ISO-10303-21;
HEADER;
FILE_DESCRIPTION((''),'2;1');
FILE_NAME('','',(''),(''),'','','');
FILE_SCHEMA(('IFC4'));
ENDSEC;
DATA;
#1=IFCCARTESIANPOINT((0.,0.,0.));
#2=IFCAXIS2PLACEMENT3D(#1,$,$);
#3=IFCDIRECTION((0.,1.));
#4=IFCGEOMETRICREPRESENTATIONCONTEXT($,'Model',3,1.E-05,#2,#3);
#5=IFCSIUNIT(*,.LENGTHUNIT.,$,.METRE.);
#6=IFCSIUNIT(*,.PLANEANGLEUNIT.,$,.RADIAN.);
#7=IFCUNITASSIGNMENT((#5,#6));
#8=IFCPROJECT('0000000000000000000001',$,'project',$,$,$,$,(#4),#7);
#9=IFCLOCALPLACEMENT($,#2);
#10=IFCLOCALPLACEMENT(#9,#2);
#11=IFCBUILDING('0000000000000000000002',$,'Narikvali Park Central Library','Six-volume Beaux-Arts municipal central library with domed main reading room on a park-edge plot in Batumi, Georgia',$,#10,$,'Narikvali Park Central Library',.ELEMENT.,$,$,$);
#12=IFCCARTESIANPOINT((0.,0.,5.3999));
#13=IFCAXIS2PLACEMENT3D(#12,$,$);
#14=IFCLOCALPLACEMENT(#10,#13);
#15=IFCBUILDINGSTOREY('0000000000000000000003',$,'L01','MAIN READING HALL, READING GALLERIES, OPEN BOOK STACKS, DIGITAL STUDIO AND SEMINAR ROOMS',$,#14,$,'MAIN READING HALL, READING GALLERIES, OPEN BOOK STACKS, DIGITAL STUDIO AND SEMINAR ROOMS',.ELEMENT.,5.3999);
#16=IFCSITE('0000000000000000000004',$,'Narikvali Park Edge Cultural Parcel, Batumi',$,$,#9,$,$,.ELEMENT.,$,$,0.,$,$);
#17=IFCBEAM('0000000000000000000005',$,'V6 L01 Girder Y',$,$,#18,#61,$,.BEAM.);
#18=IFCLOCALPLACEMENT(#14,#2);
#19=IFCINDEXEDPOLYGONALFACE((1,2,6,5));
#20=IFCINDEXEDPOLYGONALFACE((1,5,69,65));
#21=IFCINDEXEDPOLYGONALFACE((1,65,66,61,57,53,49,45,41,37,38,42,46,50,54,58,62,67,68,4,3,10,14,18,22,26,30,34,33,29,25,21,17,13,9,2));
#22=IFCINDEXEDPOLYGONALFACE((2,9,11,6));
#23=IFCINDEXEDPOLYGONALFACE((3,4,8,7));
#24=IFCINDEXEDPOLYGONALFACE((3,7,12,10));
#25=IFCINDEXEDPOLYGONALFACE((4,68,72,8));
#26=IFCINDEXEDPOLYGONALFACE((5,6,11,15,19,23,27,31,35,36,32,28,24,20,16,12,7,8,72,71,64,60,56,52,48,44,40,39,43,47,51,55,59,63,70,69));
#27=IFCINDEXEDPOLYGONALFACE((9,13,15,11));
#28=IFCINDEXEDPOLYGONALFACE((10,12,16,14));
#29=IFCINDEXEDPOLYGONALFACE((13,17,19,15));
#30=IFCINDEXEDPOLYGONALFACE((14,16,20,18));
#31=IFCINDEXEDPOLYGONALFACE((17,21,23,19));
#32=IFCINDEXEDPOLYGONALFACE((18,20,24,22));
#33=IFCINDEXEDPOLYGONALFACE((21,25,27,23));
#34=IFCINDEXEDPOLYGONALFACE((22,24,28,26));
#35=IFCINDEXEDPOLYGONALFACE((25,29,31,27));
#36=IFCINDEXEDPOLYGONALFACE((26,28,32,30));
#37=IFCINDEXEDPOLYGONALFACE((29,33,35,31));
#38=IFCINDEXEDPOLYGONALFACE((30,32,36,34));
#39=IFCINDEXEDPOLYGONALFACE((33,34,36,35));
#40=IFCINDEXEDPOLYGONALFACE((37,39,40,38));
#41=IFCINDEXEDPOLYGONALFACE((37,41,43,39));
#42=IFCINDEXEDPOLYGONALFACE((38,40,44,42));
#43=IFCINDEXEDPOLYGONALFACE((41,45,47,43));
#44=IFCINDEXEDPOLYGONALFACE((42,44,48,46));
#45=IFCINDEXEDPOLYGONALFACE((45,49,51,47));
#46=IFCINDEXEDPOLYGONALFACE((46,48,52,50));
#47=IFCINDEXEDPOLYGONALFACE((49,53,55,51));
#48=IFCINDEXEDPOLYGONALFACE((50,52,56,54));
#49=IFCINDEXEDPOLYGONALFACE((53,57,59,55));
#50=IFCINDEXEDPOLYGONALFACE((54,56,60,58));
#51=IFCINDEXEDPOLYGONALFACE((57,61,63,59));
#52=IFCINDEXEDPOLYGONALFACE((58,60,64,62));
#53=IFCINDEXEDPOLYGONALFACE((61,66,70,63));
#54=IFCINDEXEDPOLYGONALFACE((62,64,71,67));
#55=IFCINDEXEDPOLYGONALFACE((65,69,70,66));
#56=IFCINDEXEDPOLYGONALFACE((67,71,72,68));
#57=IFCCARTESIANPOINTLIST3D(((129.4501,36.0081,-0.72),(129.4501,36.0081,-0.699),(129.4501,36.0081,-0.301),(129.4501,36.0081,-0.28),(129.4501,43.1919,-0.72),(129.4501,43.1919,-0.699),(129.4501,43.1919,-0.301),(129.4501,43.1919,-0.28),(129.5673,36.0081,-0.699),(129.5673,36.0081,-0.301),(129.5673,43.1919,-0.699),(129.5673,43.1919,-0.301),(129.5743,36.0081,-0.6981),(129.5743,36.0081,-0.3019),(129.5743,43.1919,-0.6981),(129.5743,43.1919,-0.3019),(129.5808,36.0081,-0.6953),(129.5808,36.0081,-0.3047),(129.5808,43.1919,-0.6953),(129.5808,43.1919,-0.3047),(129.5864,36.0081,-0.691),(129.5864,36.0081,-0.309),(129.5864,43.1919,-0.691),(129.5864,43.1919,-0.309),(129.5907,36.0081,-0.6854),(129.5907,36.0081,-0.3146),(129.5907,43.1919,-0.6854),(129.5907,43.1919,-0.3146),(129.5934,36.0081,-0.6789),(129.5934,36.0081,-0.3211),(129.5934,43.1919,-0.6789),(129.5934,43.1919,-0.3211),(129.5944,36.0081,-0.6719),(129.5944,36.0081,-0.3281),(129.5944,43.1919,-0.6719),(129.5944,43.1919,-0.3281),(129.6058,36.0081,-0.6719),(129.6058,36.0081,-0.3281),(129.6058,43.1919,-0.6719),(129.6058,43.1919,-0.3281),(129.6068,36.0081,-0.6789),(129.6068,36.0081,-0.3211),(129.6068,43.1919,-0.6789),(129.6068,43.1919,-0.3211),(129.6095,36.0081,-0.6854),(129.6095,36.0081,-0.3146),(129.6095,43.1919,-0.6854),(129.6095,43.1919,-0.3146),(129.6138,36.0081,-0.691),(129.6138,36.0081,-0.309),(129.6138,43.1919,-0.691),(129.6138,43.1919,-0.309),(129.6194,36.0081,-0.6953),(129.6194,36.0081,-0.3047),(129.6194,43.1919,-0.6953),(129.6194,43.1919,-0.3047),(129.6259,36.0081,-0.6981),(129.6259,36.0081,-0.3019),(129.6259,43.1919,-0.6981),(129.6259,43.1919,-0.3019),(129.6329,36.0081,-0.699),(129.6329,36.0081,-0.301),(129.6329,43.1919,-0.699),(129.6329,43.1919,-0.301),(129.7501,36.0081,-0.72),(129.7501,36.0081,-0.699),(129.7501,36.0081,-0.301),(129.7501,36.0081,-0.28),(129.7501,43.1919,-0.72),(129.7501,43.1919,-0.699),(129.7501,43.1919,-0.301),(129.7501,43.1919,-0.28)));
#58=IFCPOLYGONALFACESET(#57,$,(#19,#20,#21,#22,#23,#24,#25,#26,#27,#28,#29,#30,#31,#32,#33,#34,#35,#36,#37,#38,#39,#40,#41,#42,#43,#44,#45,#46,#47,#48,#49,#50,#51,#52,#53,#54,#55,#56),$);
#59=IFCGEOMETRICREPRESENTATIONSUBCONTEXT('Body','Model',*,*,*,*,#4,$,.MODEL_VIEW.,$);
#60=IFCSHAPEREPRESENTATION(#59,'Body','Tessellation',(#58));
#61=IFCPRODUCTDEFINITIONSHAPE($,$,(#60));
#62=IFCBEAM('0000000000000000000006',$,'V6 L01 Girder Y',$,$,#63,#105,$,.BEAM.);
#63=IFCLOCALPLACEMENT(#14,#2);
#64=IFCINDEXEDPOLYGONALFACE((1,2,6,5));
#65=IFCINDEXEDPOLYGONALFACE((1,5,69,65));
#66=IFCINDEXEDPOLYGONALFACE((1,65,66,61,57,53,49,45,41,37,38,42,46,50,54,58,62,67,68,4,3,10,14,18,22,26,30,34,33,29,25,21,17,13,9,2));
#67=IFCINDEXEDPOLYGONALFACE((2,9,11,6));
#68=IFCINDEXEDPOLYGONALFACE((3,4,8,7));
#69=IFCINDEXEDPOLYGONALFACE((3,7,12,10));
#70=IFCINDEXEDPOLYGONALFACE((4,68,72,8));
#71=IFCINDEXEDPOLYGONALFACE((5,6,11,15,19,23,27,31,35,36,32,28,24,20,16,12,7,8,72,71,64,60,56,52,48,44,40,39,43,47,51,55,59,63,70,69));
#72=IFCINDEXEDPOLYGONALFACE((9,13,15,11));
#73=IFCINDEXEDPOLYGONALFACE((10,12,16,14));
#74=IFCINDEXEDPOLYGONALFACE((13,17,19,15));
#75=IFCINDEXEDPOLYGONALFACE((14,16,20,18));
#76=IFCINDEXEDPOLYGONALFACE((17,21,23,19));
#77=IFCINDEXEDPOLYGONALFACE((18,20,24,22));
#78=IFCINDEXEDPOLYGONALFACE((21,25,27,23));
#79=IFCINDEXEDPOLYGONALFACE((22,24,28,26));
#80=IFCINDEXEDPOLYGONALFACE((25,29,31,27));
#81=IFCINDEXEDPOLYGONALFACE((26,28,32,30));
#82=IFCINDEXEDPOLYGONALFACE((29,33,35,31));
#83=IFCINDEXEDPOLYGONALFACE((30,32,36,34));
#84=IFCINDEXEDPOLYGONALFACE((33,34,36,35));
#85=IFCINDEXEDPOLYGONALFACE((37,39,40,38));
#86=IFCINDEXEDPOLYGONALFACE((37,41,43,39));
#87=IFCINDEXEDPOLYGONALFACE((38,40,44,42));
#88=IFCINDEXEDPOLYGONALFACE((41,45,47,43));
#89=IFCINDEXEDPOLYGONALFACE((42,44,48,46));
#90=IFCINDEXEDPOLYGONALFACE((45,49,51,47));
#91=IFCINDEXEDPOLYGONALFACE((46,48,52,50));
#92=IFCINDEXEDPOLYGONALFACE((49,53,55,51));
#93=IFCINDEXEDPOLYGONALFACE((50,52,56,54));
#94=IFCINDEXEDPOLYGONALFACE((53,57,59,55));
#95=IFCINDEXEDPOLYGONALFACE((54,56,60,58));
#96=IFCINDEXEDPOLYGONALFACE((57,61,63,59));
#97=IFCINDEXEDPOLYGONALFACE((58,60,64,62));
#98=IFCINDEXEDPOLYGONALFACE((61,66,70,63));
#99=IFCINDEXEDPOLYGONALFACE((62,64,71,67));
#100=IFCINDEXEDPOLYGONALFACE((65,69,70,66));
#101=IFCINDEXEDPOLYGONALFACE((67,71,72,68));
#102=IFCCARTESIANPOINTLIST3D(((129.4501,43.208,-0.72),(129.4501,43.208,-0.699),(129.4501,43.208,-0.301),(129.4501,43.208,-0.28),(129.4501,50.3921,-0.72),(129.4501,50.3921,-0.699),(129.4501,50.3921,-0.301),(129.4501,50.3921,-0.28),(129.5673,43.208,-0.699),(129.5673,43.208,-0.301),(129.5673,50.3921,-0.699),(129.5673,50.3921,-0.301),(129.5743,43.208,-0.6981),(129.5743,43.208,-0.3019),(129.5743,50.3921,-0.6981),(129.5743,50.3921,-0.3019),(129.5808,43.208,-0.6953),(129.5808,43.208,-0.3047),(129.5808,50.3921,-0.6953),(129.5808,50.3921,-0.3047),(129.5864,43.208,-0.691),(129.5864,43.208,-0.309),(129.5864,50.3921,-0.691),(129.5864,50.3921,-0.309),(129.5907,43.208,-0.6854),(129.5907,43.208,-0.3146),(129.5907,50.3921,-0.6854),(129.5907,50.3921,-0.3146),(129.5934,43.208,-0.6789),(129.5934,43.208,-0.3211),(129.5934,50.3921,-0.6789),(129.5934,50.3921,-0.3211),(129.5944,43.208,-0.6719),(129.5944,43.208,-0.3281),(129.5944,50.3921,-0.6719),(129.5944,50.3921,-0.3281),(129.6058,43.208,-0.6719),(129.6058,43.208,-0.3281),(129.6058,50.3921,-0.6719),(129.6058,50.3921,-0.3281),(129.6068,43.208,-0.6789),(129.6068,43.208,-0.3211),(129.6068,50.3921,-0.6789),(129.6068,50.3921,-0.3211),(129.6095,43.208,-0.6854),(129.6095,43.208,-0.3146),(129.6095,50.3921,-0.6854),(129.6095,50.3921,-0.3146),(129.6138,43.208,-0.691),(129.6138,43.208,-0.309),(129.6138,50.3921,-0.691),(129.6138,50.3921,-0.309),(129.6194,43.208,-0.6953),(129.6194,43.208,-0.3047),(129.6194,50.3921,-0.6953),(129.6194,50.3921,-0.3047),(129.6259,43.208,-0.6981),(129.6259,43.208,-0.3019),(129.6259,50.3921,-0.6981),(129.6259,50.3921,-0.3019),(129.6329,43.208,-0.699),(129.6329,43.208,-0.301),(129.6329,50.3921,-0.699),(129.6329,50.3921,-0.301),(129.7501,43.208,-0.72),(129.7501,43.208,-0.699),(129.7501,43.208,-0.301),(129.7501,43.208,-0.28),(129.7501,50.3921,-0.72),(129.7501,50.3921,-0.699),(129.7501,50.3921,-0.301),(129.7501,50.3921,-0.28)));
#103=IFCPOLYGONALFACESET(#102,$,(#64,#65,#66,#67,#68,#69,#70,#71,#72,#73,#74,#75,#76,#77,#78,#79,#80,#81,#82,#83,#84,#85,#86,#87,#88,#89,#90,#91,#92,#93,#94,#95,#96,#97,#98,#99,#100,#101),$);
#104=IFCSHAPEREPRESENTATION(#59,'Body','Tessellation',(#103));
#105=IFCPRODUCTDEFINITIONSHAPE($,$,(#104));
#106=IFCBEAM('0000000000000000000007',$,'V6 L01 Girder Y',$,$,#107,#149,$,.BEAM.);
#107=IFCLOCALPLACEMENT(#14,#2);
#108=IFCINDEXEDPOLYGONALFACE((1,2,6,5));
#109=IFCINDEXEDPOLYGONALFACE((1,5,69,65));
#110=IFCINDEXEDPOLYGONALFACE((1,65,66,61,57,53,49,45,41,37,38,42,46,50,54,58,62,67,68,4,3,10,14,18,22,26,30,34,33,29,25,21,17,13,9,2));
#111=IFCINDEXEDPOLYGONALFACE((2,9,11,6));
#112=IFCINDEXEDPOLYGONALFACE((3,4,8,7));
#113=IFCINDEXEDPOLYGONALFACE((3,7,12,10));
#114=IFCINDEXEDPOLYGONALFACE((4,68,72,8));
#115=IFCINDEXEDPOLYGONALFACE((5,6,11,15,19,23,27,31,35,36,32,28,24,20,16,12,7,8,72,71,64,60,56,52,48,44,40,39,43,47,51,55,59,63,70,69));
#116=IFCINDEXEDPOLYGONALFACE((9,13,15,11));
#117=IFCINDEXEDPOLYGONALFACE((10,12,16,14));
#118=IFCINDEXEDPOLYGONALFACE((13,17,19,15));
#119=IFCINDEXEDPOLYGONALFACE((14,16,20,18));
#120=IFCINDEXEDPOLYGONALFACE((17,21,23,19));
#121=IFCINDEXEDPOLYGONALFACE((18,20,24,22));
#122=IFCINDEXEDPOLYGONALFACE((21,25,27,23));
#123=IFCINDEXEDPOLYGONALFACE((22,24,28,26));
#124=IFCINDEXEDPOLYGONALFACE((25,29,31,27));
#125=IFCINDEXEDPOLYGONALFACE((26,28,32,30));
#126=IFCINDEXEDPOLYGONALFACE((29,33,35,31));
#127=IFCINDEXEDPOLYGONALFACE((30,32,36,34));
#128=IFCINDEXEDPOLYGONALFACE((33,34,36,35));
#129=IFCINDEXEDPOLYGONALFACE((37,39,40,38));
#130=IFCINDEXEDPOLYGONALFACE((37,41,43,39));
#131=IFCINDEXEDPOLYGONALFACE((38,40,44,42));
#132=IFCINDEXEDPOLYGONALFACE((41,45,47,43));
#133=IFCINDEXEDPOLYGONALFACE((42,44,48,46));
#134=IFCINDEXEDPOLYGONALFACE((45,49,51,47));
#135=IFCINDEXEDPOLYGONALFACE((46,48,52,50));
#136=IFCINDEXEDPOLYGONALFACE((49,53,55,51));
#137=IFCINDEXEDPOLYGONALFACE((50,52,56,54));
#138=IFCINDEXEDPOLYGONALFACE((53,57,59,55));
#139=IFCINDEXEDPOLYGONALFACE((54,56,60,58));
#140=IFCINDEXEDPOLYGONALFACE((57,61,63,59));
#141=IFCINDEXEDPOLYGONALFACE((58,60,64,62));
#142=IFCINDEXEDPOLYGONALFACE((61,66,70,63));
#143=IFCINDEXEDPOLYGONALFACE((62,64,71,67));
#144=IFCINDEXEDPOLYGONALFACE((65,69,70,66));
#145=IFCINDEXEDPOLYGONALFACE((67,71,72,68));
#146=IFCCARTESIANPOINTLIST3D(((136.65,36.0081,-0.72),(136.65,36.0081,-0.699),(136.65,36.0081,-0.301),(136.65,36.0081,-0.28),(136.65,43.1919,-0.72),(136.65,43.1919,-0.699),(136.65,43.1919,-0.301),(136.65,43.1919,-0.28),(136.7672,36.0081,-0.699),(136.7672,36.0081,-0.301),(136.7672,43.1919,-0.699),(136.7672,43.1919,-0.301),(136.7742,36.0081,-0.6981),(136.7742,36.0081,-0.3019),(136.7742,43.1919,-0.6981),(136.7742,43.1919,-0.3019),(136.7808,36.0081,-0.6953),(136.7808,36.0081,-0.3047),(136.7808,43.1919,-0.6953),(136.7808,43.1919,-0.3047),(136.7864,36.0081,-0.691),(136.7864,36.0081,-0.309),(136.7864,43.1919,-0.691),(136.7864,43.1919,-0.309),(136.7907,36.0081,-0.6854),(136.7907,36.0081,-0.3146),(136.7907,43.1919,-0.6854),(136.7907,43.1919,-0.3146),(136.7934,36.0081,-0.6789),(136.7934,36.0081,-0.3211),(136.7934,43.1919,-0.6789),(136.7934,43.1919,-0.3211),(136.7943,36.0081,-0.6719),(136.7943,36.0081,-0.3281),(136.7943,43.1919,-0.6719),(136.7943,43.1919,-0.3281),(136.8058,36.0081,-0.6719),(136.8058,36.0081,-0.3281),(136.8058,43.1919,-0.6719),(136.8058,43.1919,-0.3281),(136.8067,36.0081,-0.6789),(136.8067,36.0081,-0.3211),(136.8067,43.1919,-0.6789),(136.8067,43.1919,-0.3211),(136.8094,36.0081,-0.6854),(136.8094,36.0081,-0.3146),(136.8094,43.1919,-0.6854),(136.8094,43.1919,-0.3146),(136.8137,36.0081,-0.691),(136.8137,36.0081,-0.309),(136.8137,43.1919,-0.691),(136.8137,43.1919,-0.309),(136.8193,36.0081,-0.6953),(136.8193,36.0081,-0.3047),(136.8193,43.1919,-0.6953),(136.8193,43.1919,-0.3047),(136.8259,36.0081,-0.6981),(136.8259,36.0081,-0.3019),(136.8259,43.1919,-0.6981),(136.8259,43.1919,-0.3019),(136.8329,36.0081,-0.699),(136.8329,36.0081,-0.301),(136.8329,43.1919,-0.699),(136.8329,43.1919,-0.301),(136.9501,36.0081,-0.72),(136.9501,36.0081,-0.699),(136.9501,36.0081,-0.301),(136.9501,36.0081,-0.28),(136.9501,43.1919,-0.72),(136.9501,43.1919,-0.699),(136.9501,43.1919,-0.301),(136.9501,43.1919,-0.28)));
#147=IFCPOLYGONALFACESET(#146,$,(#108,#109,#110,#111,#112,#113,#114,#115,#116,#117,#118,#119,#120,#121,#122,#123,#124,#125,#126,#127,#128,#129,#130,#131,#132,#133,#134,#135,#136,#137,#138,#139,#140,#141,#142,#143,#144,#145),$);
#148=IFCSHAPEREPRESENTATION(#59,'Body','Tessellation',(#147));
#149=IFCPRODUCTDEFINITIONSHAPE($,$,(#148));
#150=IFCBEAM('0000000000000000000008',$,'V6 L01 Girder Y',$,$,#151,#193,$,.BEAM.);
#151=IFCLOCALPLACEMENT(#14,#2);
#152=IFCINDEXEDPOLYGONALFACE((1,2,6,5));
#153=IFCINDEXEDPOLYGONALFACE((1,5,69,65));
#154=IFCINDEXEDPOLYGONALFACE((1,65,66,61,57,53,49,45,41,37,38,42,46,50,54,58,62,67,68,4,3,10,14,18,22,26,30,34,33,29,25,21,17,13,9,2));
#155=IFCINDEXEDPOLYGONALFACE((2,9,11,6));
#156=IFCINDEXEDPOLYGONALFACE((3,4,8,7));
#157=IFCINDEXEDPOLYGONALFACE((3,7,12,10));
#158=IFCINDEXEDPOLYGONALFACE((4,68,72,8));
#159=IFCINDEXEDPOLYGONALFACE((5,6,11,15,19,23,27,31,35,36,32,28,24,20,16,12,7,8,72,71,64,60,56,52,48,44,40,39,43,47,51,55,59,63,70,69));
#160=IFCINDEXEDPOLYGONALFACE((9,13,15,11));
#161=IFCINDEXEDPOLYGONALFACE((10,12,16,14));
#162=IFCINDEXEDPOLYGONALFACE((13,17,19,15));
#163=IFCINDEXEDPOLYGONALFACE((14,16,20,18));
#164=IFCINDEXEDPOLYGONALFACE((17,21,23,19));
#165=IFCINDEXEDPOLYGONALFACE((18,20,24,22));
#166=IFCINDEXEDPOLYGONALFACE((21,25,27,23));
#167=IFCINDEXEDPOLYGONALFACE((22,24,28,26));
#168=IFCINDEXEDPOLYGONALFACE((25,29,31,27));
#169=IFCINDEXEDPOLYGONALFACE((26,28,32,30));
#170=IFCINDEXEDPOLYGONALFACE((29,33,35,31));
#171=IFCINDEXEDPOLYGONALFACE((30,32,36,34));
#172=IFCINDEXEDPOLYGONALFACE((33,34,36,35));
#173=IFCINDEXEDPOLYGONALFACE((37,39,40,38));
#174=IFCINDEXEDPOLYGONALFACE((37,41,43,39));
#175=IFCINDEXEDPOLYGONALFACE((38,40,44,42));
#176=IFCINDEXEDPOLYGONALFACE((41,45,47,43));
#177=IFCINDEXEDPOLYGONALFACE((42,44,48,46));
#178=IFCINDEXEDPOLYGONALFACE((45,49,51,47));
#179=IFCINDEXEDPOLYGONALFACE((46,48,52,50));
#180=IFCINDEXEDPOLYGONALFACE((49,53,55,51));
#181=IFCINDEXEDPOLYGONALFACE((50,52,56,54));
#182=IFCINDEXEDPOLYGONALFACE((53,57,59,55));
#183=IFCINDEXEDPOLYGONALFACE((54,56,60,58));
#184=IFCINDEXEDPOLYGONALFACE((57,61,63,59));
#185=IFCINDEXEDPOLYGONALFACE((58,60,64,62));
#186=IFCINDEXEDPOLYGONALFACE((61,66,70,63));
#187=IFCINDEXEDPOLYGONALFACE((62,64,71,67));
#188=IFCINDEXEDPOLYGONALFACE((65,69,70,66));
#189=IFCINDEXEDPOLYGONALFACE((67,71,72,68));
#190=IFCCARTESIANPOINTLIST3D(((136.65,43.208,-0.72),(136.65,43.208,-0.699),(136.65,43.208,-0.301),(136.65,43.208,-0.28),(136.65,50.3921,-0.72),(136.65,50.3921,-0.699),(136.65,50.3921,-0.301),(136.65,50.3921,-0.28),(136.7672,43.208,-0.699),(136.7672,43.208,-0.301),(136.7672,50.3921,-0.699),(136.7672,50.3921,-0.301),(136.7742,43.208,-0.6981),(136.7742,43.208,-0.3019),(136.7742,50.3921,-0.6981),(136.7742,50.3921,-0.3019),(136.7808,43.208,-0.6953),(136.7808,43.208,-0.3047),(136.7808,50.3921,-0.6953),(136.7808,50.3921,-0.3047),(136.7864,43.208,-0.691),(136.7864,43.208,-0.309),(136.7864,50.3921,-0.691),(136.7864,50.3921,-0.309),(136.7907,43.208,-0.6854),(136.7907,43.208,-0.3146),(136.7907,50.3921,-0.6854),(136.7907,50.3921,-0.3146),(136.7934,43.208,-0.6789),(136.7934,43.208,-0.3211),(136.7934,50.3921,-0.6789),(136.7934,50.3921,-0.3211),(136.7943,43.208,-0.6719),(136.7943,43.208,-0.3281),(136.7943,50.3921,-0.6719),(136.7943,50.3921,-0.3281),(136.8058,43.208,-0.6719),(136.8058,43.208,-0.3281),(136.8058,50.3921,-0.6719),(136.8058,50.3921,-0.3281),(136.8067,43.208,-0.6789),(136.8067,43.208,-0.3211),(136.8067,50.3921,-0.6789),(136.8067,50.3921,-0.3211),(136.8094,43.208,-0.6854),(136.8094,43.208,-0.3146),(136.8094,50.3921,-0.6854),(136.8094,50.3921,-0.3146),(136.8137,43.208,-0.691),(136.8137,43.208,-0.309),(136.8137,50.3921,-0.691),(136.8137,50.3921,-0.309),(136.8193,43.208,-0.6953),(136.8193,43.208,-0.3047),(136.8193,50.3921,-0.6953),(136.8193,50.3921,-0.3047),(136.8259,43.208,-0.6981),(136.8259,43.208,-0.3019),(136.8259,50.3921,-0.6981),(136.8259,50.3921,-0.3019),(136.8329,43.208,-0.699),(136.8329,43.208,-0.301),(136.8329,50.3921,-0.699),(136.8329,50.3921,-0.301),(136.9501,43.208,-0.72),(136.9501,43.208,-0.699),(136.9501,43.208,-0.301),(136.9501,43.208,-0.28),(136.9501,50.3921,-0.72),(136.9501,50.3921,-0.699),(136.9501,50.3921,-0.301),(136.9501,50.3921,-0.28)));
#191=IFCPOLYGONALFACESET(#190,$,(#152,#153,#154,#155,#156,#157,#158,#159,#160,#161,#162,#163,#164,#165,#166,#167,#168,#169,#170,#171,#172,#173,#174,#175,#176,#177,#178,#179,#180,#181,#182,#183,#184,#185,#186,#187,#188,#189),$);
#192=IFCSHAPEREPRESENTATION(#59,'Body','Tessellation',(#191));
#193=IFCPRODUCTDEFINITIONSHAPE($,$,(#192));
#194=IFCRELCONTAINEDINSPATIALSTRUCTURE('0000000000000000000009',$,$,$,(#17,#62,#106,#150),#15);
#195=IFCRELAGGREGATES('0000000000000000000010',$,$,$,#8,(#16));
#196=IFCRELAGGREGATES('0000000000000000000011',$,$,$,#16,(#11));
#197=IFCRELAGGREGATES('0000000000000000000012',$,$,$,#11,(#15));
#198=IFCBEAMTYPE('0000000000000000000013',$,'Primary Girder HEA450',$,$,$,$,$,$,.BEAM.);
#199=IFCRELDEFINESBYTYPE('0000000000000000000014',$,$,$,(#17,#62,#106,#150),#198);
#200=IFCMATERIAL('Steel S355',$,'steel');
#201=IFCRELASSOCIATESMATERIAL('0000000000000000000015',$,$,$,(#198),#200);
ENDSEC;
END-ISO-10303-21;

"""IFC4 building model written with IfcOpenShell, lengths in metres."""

from ifc_helpers import new_model, si_unit, direction, frame, origin, origin_2d, place, context, subcontext, project, spatial, i_section, extrude, material, material_profile, profile_set, type_object, element, save


model = new_model("IFC4")

# Units and contexts
model_context = context("Model", 3, precision=1e-05, world=origin(), true_north=direction((0.0, 1.0)))
body_context = subcontext(model_context, "Body", "Model", "MODEL_VIEW")
ifc_project = project(units=[si_unit("LENGTHUNIT", "METRE"), si_unit("PLANEANGLEUNIT", "RADIAN")], contexts=[model_context])

# Site, building, storey
site_placement = place(None, origin())
site = spatial("IfcSite", under=ifc_project, at=site_placement, Name="Narikvali Park Edge Cultural Parcel, Batumi", CompositionType="ELEMENT", RefElevation=0.0)
building_placement = place(site_placement, origin())
building = spatial("IfcBuilding", under=site, at=building_placement, Name="Narikvali Park Central Library", Description="Six-volume Beaux-Arts municipal central library with domed main reading room on a park-edge plot in Batumi, Georgia", LongName="Narikvali Park Central Library", CompositionType="ELEMENT")
storey_placement = place(building_placement, frame((0.0, 0.0, 5.3999)))
storey = spatial("IfcBuildingStorey", under=building, at=storey_placement, Name="L01", Description="MAIN READING HALL, READING GALLERIES, OPEN BOOK STACKS, DIGITAL STUDIO AND SEMINAR ROOMS", LongName="MAIN READING HALL, READING GALLERIES, OPEN BOOK STACKS, DIGITAL STUDIO AND SEMINAR ROOMS", CompositionType="ELEMENT", Elevation=5.3999)

# Shared definitions
ifc_material_1 = material(Name="Steel S355", Category="steel")

# Beams
ifc_material_profile_1 = material_profile(ifc_material_1, i_section(OverallWidth=0.3, OverallDepth=0.4399, WebThickness=0.0115, FlangeThickness=0.021, FilletRadius=0.0271, at=origin_2d()), Name="HEA 450")
ifc_profile_set_1 = profile_set([ifc_material_profile_1], Name="Steel S355")
beam_type_1 = type_object("IfcBeamType", Name="Primary Girder HEA450", PredefinedType="BEAM", material=ifc_profile_set_1)
beam_1_placement = place(storey_placement, frame((129.6001, 36.0081, -0.5), z_axis=(0.0, 1.0, 0.0), x_axis=(-1.0, 0.0, 0.0)))
element("IfcBeam", 1, at=beam_1_placement, inside=storey, type_object=beam_type_1, Name="V6 L01 Girder Y", PredefinedType="BEAM", context=body_context, shape_type="SweptSolid", body=[
    extrude(i_section(OverallWidth=0.3, OverallDepth=0.4399, WebThickness=0.0115, FlangeThickness=0.021, FilletRadius=0.0271, at=origin_2d()), origin(), (0.0, 0.0, 1.0), 7.1838),
])
beam_2_placement = place(storey_placement, frame((129.6001, 43.208, -0.5), z_axis=(0.0, 1.0, 0.0), x_axis=(-1.0, 0.0, 0.0)))
element("IfcBeam", 2, at=beam_2_placement, inside=storey, type_object=beam_type_1, Name="V6 L01 Girder Y", PredefinedType="BEAM", context=body_context, shape_type="SweptSolid", body=[
    extrude(i_section(OverallWidth=0.3, OverallDepth=0.4399, WebThickness=0.0115, FlangeThickness=0.021, FilletRadius=0.0271, at=origin_2d()), origin(), (0.0, 0.0, 1.0), 7.1841),
])
beam_3_placement = place(storey_placement, frame((136.8, 36.0081, -0.5), z_axis=(0.0, 1.0, 0.0), x_axis=(-1.0, 0.0, 0.0)))
element("IfcBeam", 3, at=beam_3_placement, inside=storey, type_object=beam_type_1, Name="V6 L01 Girder Y", PredefinedType="BEAM", context=body_context, shape_type="SweptSolid", body=[
    extrude(i_section(OverallWidth=0.3, OverallDepth=0.4399, WebThickness=0.0115, FlangeThickness=0.021, FilletRadius=0.0271, at=origin_2d()), origin(), (0.0, 0.0, 1.0), 7.1838),
])
beam_4_placement = place(storey_placement, frame((136.8, 43.208, -0.5), z_axis=(0.0, 1.0, 0.0), x_axis=(-1.0, 0.0, 0.0)))
element("IfcBeam", 4, at=beam_4_placement, inside=storey, type_object=beam_type_1, Name="V6 L01 Girder Y", PredefinedType="BEAM", context=body_context, shape_type="SweptSolid", body=[
    extrude(i_section(OverallWidth=0.3, OverallDepth=0.4399, WebThickness=0.0115, FlangeThickness=0.021, FilletRadius=0.0271, at=origin_2d()), origin(), (0.0, 0.0, 1.0), 7.1841),
])

save(model, "model.ifc")
